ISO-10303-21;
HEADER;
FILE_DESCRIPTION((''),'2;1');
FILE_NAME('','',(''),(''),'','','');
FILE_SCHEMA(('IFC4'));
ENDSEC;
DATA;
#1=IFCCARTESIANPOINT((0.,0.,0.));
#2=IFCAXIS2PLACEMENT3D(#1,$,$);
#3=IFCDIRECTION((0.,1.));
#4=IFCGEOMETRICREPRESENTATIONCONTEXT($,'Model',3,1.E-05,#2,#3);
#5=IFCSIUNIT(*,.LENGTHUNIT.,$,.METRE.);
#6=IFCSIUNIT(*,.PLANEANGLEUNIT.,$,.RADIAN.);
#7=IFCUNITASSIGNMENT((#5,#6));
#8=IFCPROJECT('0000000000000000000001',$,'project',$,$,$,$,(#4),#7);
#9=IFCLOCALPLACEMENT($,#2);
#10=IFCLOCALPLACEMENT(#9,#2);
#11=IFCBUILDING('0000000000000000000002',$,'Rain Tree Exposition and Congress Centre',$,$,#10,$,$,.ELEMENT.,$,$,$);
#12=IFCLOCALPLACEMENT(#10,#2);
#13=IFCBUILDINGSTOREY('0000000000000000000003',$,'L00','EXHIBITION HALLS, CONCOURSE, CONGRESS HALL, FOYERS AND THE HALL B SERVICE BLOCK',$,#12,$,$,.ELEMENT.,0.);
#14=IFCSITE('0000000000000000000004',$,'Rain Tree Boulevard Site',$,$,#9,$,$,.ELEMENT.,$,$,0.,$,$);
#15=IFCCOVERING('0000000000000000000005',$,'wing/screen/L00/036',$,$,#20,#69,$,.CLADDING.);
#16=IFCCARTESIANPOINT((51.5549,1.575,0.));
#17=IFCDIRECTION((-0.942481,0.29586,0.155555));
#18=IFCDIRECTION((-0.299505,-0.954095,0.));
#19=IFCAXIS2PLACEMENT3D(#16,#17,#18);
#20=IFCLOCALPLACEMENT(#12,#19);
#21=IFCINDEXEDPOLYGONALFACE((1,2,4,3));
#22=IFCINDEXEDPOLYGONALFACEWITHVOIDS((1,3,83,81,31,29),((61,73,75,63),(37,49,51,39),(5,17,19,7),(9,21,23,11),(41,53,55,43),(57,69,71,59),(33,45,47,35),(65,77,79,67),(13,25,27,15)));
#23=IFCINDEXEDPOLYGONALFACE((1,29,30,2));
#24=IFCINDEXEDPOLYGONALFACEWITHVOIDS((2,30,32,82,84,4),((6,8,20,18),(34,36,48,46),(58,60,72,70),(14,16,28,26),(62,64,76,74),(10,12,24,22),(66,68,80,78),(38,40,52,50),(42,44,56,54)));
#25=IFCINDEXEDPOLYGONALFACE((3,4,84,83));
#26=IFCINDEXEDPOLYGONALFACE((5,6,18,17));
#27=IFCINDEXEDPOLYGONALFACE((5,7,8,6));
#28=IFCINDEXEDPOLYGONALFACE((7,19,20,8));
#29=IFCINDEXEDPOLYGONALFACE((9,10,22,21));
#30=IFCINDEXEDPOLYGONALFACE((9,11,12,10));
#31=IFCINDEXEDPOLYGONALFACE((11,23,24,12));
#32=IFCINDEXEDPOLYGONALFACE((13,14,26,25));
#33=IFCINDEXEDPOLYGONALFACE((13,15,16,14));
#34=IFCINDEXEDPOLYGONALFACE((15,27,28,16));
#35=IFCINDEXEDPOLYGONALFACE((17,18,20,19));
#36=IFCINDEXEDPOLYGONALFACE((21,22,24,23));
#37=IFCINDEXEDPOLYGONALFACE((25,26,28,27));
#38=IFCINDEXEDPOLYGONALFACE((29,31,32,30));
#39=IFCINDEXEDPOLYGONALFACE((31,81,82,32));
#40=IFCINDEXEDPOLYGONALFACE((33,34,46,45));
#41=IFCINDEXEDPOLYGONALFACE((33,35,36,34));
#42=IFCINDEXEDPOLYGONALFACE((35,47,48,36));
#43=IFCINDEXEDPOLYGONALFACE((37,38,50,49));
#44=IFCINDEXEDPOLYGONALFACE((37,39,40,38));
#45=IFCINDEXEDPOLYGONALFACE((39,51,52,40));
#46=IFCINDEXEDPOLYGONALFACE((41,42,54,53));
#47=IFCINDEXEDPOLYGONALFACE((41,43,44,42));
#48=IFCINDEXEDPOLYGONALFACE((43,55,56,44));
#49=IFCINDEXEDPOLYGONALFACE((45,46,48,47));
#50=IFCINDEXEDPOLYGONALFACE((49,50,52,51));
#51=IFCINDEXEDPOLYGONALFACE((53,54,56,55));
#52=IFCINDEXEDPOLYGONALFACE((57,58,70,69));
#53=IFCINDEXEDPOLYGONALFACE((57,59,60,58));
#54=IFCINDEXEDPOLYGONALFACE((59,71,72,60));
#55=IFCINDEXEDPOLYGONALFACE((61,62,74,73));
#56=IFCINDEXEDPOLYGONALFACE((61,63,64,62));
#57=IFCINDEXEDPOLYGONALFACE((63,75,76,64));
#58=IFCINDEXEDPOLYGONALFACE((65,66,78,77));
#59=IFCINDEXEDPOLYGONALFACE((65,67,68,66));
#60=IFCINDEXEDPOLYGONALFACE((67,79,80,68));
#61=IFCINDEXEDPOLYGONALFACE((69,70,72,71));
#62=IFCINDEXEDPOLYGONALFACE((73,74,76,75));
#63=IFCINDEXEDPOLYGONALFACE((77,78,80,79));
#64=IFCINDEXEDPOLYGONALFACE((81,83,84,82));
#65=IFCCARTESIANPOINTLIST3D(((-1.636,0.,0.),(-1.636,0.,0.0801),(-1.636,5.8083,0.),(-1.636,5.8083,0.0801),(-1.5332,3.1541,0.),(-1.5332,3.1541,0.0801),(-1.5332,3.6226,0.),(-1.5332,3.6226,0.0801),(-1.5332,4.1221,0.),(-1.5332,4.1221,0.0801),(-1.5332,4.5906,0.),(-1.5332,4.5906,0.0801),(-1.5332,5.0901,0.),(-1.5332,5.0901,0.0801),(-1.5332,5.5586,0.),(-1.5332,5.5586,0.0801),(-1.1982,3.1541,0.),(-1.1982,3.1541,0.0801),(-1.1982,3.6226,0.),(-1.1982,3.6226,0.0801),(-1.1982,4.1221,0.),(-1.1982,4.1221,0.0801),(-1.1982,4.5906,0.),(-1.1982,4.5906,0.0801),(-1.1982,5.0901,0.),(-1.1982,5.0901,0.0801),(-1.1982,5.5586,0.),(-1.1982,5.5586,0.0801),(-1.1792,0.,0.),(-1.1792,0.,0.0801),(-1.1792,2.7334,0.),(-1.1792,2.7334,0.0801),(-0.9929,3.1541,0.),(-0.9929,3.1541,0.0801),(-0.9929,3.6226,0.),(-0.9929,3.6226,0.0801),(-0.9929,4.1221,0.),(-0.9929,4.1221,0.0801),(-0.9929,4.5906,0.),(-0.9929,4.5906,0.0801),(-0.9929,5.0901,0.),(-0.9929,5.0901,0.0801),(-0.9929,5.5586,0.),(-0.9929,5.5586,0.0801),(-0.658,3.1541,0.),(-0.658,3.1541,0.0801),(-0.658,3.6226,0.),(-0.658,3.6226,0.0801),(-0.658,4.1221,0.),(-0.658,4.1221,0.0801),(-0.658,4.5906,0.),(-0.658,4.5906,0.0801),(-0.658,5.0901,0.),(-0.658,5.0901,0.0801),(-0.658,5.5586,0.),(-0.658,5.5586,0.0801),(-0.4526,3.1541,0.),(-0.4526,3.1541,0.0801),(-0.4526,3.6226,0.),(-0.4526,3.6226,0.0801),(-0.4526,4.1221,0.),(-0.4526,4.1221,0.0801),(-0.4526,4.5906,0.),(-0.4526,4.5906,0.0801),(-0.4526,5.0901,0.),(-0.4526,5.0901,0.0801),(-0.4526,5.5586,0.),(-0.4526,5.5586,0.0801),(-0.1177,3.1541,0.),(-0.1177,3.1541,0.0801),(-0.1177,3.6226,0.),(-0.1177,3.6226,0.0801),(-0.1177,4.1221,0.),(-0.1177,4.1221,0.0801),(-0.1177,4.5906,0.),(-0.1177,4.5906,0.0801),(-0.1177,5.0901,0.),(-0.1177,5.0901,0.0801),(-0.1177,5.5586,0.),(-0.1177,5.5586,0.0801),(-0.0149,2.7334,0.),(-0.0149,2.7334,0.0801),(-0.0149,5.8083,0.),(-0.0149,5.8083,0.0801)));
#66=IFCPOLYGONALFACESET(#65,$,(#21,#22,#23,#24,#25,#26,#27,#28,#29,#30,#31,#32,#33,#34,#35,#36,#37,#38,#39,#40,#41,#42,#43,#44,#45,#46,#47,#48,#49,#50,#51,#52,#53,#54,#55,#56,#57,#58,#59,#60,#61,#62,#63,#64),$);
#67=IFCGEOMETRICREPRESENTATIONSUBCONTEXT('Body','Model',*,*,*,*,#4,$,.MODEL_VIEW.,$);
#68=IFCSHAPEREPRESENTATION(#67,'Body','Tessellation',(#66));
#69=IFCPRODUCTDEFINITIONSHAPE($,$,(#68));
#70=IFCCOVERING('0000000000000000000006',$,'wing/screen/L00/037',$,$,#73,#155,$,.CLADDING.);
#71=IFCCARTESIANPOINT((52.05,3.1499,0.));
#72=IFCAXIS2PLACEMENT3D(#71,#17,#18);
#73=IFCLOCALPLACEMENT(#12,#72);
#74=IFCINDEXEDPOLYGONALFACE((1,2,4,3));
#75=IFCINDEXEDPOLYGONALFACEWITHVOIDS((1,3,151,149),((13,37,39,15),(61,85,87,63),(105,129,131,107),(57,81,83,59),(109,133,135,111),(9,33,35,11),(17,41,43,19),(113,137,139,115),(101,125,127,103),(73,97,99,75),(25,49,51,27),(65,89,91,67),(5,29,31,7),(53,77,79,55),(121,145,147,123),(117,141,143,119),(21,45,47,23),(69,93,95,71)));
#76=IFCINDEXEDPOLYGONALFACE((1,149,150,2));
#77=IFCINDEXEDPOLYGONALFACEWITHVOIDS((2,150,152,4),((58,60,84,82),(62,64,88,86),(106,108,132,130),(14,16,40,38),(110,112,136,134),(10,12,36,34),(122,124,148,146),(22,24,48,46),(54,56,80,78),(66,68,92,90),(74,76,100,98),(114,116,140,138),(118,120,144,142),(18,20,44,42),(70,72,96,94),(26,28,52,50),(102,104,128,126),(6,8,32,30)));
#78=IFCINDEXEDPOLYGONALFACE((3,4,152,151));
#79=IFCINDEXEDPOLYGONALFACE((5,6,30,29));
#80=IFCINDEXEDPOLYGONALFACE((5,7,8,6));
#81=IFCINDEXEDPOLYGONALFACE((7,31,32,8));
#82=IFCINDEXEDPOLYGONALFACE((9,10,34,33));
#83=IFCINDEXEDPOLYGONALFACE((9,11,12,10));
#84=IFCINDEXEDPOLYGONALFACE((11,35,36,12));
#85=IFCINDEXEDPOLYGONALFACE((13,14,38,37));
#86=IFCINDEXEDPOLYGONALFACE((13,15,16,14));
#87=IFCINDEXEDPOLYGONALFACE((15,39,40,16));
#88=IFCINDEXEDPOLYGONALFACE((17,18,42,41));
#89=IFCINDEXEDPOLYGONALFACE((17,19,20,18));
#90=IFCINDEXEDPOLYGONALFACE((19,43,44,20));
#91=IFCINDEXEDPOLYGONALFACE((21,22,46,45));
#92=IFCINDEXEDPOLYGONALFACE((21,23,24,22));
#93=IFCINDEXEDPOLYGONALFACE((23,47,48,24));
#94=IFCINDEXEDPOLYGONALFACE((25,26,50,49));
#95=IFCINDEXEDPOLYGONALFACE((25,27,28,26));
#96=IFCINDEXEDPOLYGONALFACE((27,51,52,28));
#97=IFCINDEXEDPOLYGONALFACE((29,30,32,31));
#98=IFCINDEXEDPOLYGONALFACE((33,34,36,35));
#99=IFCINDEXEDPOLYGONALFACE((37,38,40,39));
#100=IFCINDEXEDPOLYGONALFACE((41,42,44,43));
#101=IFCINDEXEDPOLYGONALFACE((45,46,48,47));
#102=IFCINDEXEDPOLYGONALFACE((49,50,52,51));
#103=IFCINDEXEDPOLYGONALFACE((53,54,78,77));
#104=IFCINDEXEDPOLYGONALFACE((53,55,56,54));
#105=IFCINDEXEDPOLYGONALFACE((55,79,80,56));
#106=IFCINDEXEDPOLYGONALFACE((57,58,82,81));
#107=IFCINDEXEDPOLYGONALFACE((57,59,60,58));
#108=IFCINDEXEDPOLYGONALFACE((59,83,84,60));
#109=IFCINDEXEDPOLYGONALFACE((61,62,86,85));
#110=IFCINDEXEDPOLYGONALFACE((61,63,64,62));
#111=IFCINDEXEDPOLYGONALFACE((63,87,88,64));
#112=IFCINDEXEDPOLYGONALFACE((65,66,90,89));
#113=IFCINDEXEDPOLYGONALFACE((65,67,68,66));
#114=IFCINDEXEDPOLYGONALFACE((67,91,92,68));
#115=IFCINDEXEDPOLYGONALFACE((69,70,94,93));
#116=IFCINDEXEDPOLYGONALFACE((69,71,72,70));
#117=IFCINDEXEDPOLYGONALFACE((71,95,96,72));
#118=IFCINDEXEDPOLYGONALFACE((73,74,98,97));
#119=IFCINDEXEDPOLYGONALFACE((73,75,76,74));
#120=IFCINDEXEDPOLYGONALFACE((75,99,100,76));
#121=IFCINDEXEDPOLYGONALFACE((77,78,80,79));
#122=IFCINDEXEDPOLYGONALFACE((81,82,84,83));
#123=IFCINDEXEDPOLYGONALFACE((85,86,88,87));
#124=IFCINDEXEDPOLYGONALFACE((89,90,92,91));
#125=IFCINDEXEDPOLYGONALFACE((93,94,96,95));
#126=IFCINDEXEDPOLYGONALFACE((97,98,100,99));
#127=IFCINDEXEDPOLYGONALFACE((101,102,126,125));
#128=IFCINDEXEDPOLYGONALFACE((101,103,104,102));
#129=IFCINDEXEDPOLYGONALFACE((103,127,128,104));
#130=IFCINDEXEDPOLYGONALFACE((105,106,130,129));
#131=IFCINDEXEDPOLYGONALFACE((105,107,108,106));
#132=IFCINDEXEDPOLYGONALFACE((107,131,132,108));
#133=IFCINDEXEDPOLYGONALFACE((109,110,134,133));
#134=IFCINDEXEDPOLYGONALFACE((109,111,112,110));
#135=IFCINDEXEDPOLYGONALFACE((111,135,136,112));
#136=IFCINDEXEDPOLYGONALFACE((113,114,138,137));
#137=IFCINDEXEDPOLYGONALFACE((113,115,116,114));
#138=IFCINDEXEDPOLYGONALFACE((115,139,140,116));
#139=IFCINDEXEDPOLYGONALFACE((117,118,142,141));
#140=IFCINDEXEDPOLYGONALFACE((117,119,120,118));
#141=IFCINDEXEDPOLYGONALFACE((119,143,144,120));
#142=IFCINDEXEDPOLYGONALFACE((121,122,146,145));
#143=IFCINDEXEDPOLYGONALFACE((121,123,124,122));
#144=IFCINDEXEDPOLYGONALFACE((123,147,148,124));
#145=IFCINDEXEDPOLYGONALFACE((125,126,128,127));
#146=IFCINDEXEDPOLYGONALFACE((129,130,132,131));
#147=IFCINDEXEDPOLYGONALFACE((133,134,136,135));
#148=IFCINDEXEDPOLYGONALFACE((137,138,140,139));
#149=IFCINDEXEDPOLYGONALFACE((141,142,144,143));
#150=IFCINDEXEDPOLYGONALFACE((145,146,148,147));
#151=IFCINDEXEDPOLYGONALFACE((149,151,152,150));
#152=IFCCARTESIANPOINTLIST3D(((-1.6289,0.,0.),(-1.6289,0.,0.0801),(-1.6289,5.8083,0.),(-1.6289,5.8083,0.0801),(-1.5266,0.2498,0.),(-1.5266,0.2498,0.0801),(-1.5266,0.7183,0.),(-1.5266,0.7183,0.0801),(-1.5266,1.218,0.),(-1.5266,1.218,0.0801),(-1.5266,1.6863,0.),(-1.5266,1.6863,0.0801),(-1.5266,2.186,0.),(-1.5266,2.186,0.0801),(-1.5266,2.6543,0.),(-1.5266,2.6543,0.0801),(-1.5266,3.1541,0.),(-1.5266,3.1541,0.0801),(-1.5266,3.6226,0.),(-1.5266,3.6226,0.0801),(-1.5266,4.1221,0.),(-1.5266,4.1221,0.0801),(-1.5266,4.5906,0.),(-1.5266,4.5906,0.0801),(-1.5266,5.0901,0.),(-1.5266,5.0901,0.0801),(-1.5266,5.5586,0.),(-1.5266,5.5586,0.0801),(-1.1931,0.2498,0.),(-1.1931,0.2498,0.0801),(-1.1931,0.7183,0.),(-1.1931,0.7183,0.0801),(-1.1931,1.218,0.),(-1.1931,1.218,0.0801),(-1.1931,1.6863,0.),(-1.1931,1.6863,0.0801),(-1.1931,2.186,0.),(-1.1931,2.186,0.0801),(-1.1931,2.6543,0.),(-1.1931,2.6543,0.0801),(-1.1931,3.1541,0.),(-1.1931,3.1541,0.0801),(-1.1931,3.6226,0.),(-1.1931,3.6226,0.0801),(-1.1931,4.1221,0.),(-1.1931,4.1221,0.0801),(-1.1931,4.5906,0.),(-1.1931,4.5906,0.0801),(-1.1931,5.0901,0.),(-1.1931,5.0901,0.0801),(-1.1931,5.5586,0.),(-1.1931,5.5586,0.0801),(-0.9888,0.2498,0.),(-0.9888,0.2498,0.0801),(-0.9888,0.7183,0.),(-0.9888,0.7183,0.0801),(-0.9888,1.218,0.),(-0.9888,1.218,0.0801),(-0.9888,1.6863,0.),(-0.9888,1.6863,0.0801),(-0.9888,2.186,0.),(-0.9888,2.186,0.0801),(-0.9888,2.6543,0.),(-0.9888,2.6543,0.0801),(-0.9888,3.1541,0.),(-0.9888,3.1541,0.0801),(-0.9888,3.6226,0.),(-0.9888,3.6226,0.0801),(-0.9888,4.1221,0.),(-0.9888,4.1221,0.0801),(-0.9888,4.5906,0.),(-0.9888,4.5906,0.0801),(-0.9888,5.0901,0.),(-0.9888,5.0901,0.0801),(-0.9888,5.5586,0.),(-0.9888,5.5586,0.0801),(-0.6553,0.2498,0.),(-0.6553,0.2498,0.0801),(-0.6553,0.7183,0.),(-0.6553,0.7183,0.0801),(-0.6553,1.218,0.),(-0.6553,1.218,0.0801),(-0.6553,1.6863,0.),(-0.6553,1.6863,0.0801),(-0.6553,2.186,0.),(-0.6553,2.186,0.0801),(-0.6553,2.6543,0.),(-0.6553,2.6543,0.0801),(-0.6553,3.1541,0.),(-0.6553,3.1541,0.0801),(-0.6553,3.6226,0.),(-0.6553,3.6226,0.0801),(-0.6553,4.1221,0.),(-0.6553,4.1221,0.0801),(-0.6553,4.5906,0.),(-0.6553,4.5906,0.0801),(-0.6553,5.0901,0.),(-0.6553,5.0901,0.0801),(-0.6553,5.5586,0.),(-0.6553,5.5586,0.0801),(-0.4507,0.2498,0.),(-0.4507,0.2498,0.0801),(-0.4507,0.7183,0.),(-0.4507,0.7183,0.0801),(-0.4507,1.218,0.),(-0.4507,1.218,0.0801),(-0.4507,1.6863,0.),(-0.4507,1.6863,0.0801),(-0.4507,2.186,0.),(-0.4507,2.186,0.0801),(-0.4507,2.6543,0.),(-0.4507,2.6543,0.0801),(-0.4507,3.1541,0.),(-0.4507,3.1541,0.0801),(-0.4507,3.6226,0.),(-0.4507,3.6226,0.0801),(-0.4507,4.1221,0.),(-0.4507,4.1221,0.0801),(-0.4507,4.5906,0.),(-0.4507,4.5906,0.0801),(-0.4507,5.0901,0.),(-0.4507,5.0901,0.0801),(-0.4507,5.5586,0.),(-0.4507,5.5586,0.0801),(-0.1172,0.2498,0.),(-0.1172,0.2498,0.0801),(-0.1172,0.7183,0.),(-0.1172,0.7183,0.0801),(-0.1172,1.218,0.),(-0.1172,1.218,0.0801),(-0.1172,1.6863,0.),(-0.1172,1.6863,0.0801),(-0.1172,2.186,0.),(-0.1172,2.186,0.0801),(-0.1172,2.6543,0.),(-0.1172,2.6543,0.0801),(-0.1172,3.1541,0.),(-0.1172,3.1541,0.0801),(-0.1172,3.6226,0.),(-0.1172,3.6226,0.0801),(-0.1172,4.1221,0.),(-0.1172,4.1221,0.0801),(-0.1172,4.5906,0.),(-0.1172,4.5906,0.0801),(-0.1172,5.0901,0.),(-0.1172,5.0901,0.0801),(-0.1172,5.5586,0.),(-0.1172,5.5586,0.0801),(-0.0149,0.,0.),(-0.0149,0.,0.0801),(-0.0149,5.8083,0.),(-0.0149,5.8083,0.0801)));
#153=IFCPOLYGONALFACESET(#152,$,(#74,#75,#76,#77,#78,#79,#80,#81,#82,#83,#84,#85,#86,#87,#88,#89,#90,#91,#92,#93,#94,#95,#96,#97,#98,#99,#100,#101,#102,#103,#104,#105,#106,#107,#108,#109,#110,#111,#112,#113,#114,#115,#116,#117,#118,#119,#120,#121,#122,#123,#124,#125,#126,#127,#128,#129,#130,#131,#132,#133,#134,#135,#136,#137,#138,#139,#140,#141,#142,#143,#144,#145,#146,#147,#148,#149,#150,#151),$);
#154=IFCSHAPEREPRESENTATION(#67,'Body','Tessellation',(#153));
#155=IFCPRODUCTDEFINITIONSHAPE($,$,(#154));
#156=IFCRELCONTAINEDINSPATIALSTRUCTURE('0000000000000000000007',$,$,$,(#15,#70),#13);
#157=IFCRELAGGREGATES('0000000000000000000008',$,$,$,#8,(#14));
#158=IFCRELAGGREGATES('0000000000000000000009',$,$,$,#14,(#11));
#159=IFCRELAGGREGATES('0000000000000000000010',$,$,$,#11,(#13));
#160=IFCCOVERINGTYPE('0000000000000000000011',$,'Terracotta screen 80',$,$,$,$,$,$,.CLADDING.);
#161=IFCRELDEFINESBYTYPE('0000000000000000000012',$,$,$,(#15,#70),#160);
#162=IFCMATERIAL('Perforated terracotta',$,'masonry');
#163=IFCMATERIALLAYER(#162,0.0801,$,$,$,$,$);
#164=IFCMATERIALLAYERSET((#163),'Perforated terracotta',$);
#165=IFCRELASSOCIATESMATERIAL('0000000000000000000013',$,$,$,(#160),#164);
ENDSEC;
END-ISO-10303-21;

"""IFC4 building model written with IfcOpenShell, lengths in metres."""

from ifc_helpers import new_model, si_unit, direction, frame, origin, place, context, subcontext, project, spatial, polyline, outline, extrude, material, layer, layer_set, type_object, element, save


model = new_model("IFC4")

# Units and contexts
model_context = context("Model", 3, precision=1e-05, world=origin(), true_north=direction((0.0, 1.0)))
body_context = subcontext(model_context, "Body", "Model", "MODEL_VIEW")
ifc_project = project(units=[si_unit("LENGTHUNIT", "METRE"), si_unit("PLANEANGLEUNIT", "RADIAN")], contexts=[model_context])

# Site, building, storey
site_placement = place(None, origin())
site = spatial("IfcSite", under=ifc_project, at=site_placement, Name="Rain Tree Boulevard Site", CompositionType="ELEMENT", RefElevation=0.0)
building_placement = place(site_placement, origin())
building = spatial("IfcBuilding", under=site, at=building_placement, Name="Rain Tree Exposition and Congress Centre", CompositionType="ELEMENT")
storey_placement = place(building_placement, origin())
storey = spatial("IfcBuildingStorey", under=building, at=storey_placement, Name="L00", Description="EXHIBITION HALLS, CONCOURSE, CONGRESS HALL, FOYERS AND THE HALL B SERVICE BLOCK", CompositionType="ELEMENT", Elevation=0.0)

# Coverings
ifc_material_1 = material(Name="Perforated terracotta", Category="masonry")
ifc_layer_1 = layer(ifc_material_1, 0.0801)
ifc_layer_set_1 = layer_set([ifc_layer_1], Name="Perforated terracotta")
covering_type = type_object("IfcCoveringType", Name="Terracotta screen 80", PredefinedType="CLADDING", material=ifc_layer_set_1)
covering_1_placement = place(storey_placement, frame((51.5549, 1.575, 0.0), z_axis=(-0.942481, 0.29586, 0.155555), x_axis=(-0.299505, -0.954095, 0.0)))
element("IfcCovering", 1, at=covering_1_placement, inside=storey, type_object=covering_type, Name="wing/screen/L00/036", PredefinedType="CLADDING", context=body_context, shape_type="SweptSolid", body=[
    extrude(outline(polyline([(-0.0149, 5.8083), (-0.0149, 2.7334), (-1.1792, 2.7334), (-1.1792, 0.0), (-1.636, 0.0), (-1.636, 5.8083), (-0.0149, 5.8083)]), holes=[polyline([(-0.1177, 3.1541), (-0.1177, 3.6226), (-0.4526, 3.6226), (-0.4526, 3.1541), (-0.1177, 3.1541)]), polyline([(-0.1177, 4.1221), (-0.1177, 4.5906), (-0.4526, 4.5906), (-0.4526, 4.1221), (-0.1177, 4.1221)]), polyline([(-0.1177, 5.0901), (-0.1177, 5.5586), (-0.4526, 5.5586), (-0.4526, 5.0901), (-0.1177, 5.0901)]), polyline([(-0.658, 3.1541), (-0.658, 3.6226), (-0.9929, 3.6226), (-0.9929, 3.1541), (-0.658, 3.1541)]), polyline([(-0.658, 4.1221), (-0.658, 4.5906), (-0.9929, 4.5906), (-0.9929, 4.1221), (-0.658, 4.1221)]), polyline([(-0.658, 5.0901), (-0.658, 5.5586), (-0.9929, 5.5586), (-0.9929, 5.0901), (-0.658, 5.0901)]), polyline([(-1.1982, 3.1541), (-1.1982, 3.6226), (-1.5332, 3.6226), (-1.5332, 3.1541), (-1.1982, 3.1541)]), polyline([(-1.1982, 4.1221), (-1.1982, 4.5906), (-1.5332, 4.5906), (-1.5332, 4.1221), (-1.1982, 4.1221)]), polyline([(-1.1982, 5.0901), (-1.1982, 5.5586), (-1.5332, 5.5586), (-1.5332, 5.0901), (-1.1982, 5.0901)])]), origin(), (0.0, 0.0, 1.0), 0.0801),
])
covering_2_placement = place(storey_placement, frame((52.05, 3.1499, 0.0), z_axis=(-0.942481, 0.29586, 0.155555), x_axis=(-0.299505, -0.954095, 0.0)))
element("IfcCovering", 2, at=covering_2_placement, inside=storey, type_object=covering_type, Name="wing/screen/L00/037", PredefinedType="CLADDING", context=body_context, shape_type="SweptSolid", body=[
    extrude(outline(polyline([(-0.0149, 5.8083), (-0.0149, 0.0), (-1.6289, 0.0), (-1.6289, 5.8083), (-0.0149, 5.8083)]), holes=[polyline([(-0.1172, 0.2498), (-0.1172, 0.7183), (-0.4507, 0.7183), (-0.4507, 0.2498), (-0.1172, 0.2498)]), polyline([(-0.1172, 1.218), (-0.1172, 1.6863), (-0.4507, 1.6863), (-0.4507, 1.218), (-0.1172, 1.218)]), polyline([(-0.1172, 2.186), (-0.1172, 2.6543), (-0.4507, 2.6543), (-0.4507, 2.186), (-0.1172, 2.186)]), polyline([(-0.1172, 3.1541), (-0.1172, 3.6226), (-0.4507, 3.6226), (-0.4507, 3.1541), (-0.1172, 3.1541)]), polyline([(-0.1172, 4.1221), (-0.1172, 4.5906), (-0.4507, 4.5906), (-0.4507, 4.1221), (-0.1172, 4.1221)]), polyline([(-0.1172, 5.0901), (-0.1172, 5.5586), (-0.4507, 5.5586), (-0.4507, 5.0901), (-0.1172, 5.0901)]), polyline([(-0.6553, 0.2498), (-0.6553, 0.7183), (-0.9888, 0.7183), (-0.9888, 0.2498), (-0.6553, 0.2498)]), polyline([(-0.6553, 1.218), (-0.6553, 1.6863), (-0.9888, 1.6863), (-0.9888, 1.218), (-0.6553, 1.218)]), polyline([(-0.6553, 2.186), (-0.6553, 2.6543), (-0.9888, 2.6543), (-0.9888, 2.186), (-0.6553, 2.186)]), polyline([(-0.6553, 3.1541), (-0.6553, 3.6226), (-0.9888, 3.6226), (-0.9888, 3.1541), (-0.6553, 3.1541)]), polyline([(-0.6553, 4.1221), (-0.6553, 4.5906), (-0.9888, 4.5906), (-0.9888, 4.1221), (-0.6553, 4.1221)]), polyline([(-0.6553, 5.0901), (-0.6553, 5.5586), (-0.9888, 5.5586), (-0.9888, 5.0901), (-0.6553, 5.0901)]), polyline([(-1.1931, 0.2498), (-1.1931, 0.7183), (-1.5266, 0.7183), (-1.5266, 0.2498), (-1.1931, 0.2498)]), polyline([(-1.1931, 1.218), (-1.1931, 1.6863), (-1.5266, 1.6863), (-1.5266, 1.218), (-1.1931, 1.218)]), polyline([(-1.1931, 2.186), (-1.1931, 2.6543), (-1.5266, 2.6543), (-1.5266, 2.186), (-1.1931, 2.186)]), polyline([(-1.1931, 3.1541), (-1.1931, 3.6226), (-1.5266, 3.6226), (-1.5266, 3.1541), (-1.1931, 3.1541)]), polyline([(-1.1931, 4.1221), (-1.1931, 4.5906), (-1.5266, 4.5906), (-1.5266, 4.1221), (-1.1931, 4.1221)]), polyline([(-1.1931, 5.0901), (-1.1931, 5.5586), (-1.5266, 5.5586), (-1.5266, 5.0901), (-1.1931, 5.0901)])]), origin(), (0.0, 0.0, 1.0), 0.0801),
])

save(model, "model.ifc")
